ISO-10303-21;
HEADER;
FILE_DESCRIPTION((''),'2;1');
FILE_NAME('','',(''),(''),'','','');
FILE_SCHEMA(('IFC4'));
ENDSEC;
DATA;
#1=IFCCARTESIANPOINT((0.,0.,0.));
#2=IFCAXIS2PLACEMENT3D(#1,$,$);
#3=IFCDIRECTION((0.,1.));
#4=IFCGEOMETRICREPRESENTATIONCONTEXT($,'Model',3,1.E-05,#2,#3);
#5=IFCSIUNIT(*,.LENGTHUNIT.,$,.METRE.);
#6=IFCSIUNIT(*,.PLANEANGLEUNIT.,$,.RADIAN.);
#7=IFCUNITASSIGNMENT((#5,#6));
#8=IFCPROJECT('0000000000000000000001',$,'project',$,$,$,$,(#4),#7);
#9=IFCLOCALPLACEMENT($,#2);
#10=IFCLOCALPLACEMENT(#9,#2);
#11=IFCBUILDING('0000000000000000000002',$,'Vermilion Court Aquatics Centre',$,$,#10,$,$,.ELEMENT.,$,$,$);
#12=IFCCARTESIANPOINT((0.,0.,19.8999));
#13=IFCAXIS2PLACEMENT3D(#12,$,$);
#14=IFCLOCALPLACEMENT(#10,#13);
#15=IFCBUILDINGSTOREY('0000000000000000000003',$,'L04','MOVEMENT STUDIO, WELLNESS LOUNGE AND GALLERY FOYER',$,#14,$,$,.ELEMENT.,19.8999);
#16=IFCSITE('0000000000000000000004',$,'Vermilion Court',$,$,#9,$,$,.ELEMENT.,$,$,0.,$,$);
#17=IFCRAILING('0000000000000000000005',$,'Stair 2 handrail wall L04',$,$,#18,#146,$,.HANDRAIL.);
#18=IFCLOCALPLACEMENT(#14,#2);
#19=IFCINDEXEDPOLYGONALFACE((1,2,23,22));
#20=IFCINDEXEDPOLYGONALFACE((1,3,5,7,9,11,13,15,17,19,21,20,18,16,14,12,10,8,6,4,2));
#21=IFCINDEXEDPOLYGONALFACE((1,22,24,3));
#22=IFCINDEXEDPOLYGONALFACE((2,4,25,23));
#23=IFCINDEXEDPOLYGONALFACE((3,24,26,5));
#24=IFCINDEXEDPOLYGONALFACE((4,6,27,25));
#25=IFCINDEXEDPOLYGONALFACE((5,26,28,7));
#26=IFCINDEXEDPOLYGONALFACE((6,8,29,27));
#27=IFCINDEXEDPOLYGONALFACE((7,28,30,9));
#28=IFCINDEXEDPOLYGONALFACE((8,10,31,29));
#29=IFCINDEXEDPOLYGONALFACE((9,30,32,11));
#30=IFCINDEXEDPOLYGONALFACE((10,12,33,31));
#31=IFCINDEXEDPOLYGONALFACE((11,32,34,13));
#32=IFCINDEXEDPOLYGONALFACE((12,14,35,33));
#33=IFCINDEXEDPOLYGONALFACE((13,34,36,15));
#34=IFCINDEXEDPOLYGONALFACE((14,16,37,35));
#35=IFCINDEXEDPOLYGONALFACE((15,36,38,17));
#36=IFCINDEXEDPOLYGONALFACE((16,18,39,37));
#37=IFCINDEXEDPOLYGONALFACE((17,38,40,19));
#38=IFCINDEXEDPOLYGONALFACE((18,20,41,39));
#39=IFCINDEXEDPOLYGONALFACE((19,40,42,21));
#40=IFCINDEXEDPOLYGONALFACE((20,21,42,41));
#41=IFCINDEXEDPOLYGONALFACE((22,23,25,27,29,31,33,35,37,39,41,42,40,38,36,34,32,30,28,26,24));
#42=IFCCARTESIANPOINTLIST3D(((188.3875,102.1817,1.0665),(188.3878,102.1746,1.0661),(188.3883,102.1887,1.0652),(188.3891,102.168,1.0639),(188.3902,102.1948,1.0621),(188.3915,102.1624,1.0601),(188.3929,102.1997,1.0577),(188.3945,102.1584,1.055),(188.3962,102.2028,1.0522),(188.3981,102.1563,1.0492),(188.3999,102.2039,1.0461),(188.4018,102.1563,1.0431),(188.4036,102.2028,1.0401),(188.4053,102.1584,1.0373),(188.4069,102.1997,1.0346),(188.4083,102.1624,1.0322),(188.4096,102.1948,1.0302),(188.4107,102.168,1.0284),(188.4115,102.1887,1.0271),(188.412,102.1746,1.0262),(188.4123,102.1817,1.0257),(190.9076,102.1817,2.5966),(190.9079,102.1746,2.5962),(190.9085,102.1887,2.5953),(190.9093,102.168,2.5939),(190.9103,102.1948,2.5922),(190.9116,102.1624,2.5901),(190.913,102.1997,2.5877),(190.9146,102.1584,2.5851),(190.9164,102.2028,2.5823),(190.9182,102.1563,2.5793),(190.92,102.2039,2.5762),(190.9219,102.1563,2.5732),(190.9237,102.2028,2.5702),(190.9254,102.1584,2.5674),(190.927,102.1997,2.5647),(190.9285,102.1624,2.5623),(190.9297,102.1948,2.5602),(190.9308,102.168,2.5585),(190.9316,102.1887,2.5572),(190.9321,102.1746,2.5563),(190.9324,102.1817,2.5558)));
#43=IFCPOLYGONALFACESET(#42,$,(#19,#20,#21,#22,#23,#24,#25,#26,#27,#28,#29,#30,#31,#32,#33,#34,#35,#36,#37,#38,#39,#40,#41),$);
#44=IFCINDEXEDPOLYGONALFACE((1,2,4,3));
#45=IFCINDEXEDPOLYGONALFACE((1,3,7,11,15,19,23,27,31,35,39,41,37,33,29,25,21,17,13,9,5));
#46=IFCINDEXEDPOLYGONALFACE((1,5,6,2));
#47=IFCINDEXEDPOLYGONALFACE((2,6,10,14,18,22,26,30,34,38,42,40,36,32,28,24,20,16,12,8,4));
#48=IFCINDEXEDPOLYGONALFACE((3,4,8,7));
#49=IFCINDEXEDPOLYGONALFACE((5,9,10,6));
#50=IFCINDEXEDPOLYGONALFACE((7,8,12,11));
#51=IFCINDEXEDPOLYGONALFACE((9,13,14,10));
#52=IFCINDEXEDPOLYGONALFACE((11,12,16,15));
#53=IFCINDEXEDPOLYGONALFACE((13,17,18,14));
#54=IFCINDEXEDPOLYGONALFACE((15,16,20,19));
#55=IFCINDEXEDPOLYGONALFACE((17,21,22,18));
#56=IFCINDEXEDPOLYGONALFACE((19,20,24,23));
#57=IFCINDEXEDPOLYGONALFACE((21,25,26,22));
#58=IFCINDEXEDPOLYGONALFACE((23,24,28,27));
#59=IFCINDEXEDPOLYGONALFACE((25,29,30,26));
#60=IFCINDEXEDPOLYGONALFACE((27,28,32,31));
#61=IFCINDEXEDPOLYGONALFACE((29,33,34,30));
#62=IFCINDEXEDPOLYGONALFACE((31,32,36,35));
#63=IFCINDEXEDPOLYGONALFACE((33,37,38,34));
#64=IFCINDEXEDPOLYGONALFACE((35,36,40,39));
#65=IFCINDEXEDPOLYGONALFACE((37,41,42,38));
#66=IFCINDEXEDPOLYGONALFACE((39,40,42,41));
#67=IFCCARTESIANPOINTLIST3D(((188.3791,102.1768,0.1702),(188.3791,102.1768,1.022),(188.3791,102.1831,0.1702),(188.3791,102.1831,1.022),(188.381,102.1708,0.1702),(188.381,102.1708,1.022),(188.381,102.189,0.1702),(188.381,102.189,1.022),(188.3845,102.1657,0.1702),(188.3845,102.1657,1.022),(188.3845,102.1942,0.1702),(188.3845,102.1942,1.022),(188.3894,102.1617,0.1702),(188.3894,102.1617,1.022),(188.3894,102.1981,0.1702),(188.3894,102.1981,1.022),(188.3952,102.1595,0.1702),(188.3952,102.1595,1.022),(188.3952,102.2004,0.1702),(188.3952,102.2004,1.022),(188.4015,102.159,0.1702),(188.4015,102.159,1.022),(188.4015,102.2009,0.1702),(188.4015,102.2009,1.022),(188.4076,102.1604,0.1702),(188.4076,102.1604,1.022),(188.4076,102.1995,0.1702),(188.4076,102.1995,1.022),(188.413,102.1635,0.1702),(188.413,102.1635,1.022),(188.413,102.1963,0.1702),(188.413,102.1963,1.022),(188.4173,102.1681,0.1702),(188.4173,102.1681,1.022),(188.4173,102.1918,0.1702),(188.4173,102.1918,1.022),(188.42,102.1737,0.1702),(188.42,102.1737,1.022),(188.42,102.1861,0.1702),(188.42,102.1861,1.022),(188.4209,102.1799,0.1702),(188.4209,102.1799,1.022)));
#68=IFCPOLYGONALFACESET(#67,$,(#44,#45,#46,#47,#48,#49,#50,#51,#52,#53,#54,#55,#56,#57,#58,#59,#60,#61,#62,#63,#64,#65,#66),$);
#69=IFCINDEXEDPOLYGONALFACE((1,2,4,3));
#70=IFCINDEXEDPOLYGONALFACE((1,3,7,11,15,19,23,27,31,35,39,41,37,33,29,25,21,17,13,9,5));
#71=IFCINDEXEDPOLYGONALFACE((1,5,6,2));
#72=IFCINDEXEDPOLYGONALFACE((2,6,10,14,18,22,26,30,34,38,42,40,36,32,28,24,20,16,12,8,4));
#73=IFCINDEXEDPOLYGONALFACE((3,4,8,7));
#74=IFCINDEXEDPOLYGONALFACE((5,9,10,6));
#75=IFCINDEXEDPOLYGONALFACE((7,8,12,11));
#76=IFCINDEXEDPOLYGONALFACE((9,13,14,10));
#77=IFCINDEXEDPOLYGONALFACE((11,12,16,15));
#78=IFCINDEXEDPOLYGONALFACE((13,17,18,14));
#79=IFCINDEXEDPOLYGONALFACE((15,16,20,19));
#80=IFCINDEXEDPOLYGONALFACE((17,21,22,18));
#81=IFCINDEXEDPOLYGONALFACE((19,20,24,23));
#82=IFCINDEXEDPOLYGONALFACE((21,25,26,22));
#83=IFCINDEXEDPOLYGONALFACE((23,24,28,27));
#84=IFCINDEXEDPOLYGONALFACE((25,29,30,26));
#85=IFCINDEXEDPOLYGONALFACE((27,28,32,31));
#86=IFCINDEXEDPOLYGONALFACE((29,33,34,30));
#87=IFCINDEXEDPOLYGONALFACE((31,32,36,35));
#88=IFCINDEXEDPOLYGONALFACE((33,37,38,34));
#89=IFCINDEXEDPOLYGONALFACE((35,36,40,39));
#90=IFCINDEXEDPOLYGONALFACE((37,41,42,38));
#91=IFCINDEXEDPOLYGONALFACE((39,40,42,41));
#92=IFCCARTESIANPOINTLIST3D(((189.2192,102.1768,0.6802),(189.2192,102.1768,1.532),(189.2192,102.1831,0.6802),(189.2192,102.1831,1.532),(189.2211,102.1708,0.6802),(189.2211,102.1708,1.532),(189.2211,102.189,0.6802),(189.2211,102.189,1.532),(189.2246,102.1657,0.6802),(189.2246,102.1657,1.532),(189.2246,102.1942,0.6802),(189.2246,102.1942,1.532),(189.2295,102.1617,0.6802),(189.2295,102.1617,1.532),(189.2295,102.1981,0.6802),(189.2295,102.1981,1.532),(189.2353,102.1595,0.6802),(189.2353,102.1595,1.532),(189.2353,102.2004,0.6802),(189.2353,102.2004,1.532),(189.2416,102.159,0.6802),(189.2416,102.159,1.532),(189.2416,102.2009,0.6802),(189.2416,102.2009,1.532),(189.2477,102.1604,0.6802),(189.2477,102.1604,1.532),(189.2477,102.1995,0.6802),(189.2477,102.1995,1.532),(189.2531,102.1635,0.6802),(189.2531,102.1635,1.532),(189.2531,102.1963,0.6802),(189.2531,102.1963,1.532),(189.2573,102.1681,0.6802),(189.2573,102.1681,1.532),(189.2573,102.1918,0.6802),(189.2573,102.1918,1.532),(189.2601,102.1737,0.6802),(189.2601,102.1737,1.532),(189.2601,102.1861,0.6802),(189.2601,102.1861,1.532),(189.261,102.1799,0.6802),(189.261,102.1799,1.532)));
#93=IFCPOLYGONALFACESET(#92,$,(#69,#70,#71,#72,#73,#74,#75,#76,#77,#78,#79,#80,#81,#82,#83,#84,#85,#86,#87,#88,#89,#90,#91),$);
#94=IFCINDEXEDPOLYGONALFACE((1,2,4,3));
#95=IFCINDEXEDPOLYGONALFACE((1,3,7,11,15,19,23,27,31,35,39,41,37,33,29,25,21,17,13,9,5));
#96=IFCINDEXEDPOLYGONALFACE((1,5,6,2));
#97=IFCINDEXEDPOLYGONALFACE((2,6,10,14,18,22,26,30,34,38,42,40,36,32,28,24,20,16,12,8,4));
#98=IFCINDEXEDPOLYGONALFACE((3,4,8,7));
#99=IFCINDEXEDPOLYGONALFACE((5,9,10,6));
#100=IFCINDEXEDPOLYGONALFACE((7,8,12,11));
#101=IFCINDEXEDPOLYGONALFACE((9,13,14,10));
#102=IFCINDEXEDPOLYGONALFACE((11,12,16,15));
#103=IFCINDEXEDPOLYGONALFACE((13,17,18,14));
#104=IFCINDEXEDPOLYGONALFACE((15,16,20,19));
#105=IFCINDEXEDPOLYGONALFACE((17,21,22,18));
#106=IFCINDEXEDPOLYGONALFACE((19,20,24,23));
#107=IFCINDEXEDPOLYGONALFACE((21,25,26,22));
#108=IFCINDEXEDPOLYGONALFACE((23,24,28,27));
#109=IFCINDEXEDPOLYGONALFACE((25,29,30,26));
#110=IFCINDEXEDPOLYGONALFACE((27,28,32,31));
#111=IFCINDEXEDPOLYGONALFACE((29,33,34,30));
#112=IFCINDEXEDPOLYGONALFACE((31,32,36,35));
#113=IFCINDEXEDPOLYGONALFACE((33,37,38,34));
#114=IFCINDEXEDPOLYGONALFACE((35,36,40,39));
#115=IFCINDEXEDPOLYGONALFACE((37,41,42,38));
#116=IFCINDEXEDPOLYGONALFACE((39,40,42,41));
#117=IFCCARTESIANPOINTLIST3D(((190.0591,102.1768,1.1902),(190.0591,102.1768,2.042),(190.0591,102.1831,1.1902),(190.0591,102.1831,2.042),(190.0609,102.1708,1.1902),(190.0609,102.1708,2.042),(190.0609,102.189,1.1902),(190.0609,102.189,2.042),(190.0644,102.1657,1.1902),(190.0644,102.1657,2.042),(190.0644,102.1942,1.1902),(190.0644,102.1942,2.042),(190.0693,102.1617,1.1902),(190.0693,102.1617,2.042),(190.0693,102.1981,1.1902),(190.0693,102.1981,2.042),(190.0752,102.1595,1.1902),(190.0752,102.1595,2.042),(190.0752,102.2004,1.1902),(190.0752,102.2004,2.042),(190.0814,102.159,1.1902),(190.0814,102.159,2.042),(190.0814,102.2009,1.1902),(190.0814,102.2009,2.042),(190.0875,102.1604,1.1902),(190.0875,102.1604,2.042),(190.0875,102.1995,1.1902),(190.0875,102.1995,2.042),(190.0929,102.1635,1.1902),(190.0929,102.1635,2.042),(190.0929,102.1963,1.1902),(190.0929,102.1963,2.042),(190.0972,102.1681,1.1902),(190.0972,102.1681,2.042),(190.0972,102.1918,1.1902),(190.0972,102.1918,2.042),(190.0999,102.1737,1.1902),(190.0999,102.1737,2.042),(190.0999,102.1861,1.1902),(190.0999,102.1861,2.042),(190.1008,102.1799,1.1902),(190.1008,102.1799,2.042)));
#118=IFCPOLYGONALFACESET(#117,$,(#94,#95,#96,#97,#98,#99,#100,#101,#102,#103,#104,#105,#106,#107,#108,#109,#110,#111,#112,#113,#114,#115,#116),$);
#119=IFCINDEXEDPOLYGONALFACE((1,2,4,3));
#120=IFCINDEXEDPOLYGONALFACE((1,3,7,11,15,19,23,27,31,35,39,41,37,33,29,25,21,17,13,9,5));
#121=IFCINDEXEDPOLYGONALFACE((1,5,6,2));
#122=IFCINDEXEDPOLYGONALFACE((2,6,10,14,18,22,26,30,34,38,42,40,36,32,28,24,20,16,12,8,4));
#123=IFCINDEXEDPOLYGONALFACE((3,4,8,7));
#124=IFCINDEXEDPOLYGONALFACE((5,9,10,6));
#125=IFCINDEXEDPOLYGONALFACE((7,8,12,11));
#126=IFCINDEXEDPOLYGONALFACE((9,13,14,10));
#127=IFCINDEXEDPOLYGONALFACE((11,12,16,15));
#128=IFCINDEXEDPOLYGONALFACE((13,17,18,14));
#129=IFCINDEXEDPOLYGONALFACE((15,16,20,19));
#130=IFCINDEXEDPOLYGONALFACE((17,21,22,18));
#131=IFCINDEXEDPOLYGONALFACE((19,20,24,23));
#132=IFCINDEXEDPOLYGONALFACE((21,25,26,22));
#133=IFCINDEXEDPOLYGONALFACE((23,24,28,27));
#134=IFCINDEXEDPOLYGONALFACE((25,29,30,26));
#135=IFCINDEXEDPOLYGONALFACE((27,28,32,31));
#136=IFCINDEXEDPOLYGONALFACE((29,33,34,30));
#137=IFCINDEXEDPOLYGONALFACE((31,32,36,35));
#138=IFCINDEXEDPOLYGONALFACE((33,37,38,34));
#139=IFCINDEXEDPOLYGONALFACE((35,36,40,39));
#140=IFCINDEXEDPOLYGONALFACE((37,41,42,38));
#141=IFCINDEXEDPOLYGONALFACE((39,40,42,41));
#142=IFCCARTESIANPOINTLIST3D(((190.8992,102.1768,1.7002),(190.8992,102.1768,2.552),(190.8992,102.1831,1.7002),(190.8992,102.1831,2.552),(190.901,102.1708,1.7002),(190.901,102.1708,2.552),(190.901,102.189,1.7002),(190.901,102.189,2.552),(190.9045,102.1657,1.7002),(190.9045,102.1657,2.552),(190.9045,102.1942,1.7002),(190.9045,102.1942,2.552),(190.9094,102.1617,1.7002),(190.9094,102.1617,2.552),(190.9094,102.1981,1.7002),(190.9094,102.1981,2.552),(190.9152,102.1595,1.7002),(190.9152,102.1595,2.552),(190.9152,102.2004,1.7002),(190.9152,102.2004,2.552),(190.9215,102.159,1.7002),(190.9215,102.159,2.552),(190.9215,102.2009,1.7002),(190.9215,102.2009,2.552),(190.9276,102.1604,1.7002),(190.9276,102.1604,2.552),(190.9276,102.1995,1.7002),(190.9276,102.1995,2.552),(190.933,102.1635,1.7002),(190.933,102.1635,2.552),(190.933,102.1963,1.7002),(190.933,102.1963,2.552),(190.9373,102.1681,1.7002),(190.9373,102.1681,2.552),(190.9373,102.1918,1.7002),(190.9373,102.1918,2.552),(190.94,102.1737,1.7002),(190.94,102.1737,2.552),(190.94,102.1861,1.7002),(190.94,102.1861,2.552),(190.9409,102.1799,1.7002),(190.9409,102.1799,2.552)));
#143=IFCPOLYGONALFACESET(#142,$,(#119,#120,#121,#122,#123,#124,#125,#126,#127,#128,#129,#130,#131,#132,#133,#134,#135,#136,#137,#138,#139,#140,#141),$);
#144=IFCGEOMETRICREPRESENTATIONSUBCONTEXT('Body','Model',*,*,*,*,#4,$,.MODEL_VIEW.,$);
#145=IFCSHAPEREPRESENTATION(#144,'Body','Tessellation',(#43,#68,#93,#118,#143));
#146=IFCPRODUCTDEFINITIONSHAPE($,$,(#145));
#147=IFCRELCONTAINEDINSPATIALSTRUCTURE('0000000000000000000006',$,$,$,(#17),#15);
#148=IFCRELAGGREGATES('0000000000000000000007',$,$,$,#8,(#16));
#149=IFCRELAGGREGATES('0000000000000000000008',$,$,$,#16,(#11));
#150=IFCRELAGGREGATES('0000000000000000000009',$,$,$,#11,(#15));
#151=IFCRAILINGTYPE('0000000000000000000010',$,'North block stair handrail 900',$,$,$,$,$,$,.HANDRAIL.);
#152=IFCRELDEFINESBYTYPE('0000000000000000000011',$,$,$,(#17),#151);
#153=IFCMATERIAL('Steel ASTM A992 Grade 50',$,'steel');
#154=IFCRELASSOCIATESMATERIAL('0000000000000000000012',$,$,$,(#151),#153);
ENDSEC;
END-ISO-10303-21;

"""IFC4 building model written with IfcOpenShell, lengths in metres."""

from ifc_helpers import new_model, si_unit, direction, frame, origin, origin_2d, place, context, subcontext, project, spatial, circle, extrude, material, type_object, element, save


model = new_model("IFC4")

# Units and contexts
model_context = context("Model", 3, precision=1e-05, world=origin(), true_north=direction((0.0, 1.0)))
body_context = subcontext(model_context, "Body", "Model", "MODEL_VIEW")
ifc_project = project(units=[si_unit("LENGTHUNIT", "METRE"), si_unit("PLANEANGLEUNIT", "RADIAN")], contexts=[model_context])

# Site, building, storey
site_placement = place(None, origin())
site = spatial("IfcSite", under=ifc_project, at=site_placement, Name="Vermilion Court", CompositionType="ELEMENT", RefElevation=0.0)
building_placement = place(site_placement, origin())
building = spatial("IfcBuilding", under=site, at=building_placement, Name="Vermilion Court Aquatics Centre", CompositionType="ELEMENT")
storey_placement = place(building_placement, frame((0.0, 0.0, 19.8999)))
storey = spatial("IfcBuildingStorey", under=building, at=storey_placement, Name="L04", Description="MOVEMENT STUDIO, WELLNESS LOUNGE AND GALLERY FOYER", CompositionType="ELEMENT", Elevation=19.8999)

# Railing
ifc_material_1 = material(Name="Steel ASTM A992 Grade 50", Category="steel")
railing_type_1 = type_object("IfcRailingType", Name="North block stair handrail 900", PredefinedType="HANDRAIL", material=ifc_material_1)
for number, where, name in (
    (1, (188.3999, 102.1799, 0.1702), "Stair 2 handrail wall L04"),
):
    element("IfcRailing", number, at=place(storey_placement, frame(where)), inside=storey, type_object=railing_type_1, Name=name, PredefinedType="HANDRAIL", context=body_context, shape_type="SweptSolid", body=[
        extrude(circle(Radius=0.0239, at=origin_2d()), frame((0.0, 0.0, 0.876), z_axis=(0.854785, 0.0, 0.518982), x_axis=(0.0, 1.0, 0.0)), (0.0, 0.0, 1.0), 2.9482),
        extrude(circle(Radius=0.021, at=origin_2d()), origin(), (0.0, 0.0, 1.0), 0.8518),
        extrude(circle(Radius=0.021, at=origin_2d()), frame((0.8401, 0.0, 0.51)), (0.0, 0.0, 1.0), 0.8518),
        extrude(circle(Radius=0.021, at=origin_2d()), frame((1.6799, 0.0, 1.02)), (0.0, 0.0, 1.0), 0.8518),
        extrude(circle(Radius=0.021, at=origin_2d()), frame((2.52, 0.0, 1.53)), (0.0, 0.0, 1.0), 0.8518),
    ])

save(model, "model.ifc")
